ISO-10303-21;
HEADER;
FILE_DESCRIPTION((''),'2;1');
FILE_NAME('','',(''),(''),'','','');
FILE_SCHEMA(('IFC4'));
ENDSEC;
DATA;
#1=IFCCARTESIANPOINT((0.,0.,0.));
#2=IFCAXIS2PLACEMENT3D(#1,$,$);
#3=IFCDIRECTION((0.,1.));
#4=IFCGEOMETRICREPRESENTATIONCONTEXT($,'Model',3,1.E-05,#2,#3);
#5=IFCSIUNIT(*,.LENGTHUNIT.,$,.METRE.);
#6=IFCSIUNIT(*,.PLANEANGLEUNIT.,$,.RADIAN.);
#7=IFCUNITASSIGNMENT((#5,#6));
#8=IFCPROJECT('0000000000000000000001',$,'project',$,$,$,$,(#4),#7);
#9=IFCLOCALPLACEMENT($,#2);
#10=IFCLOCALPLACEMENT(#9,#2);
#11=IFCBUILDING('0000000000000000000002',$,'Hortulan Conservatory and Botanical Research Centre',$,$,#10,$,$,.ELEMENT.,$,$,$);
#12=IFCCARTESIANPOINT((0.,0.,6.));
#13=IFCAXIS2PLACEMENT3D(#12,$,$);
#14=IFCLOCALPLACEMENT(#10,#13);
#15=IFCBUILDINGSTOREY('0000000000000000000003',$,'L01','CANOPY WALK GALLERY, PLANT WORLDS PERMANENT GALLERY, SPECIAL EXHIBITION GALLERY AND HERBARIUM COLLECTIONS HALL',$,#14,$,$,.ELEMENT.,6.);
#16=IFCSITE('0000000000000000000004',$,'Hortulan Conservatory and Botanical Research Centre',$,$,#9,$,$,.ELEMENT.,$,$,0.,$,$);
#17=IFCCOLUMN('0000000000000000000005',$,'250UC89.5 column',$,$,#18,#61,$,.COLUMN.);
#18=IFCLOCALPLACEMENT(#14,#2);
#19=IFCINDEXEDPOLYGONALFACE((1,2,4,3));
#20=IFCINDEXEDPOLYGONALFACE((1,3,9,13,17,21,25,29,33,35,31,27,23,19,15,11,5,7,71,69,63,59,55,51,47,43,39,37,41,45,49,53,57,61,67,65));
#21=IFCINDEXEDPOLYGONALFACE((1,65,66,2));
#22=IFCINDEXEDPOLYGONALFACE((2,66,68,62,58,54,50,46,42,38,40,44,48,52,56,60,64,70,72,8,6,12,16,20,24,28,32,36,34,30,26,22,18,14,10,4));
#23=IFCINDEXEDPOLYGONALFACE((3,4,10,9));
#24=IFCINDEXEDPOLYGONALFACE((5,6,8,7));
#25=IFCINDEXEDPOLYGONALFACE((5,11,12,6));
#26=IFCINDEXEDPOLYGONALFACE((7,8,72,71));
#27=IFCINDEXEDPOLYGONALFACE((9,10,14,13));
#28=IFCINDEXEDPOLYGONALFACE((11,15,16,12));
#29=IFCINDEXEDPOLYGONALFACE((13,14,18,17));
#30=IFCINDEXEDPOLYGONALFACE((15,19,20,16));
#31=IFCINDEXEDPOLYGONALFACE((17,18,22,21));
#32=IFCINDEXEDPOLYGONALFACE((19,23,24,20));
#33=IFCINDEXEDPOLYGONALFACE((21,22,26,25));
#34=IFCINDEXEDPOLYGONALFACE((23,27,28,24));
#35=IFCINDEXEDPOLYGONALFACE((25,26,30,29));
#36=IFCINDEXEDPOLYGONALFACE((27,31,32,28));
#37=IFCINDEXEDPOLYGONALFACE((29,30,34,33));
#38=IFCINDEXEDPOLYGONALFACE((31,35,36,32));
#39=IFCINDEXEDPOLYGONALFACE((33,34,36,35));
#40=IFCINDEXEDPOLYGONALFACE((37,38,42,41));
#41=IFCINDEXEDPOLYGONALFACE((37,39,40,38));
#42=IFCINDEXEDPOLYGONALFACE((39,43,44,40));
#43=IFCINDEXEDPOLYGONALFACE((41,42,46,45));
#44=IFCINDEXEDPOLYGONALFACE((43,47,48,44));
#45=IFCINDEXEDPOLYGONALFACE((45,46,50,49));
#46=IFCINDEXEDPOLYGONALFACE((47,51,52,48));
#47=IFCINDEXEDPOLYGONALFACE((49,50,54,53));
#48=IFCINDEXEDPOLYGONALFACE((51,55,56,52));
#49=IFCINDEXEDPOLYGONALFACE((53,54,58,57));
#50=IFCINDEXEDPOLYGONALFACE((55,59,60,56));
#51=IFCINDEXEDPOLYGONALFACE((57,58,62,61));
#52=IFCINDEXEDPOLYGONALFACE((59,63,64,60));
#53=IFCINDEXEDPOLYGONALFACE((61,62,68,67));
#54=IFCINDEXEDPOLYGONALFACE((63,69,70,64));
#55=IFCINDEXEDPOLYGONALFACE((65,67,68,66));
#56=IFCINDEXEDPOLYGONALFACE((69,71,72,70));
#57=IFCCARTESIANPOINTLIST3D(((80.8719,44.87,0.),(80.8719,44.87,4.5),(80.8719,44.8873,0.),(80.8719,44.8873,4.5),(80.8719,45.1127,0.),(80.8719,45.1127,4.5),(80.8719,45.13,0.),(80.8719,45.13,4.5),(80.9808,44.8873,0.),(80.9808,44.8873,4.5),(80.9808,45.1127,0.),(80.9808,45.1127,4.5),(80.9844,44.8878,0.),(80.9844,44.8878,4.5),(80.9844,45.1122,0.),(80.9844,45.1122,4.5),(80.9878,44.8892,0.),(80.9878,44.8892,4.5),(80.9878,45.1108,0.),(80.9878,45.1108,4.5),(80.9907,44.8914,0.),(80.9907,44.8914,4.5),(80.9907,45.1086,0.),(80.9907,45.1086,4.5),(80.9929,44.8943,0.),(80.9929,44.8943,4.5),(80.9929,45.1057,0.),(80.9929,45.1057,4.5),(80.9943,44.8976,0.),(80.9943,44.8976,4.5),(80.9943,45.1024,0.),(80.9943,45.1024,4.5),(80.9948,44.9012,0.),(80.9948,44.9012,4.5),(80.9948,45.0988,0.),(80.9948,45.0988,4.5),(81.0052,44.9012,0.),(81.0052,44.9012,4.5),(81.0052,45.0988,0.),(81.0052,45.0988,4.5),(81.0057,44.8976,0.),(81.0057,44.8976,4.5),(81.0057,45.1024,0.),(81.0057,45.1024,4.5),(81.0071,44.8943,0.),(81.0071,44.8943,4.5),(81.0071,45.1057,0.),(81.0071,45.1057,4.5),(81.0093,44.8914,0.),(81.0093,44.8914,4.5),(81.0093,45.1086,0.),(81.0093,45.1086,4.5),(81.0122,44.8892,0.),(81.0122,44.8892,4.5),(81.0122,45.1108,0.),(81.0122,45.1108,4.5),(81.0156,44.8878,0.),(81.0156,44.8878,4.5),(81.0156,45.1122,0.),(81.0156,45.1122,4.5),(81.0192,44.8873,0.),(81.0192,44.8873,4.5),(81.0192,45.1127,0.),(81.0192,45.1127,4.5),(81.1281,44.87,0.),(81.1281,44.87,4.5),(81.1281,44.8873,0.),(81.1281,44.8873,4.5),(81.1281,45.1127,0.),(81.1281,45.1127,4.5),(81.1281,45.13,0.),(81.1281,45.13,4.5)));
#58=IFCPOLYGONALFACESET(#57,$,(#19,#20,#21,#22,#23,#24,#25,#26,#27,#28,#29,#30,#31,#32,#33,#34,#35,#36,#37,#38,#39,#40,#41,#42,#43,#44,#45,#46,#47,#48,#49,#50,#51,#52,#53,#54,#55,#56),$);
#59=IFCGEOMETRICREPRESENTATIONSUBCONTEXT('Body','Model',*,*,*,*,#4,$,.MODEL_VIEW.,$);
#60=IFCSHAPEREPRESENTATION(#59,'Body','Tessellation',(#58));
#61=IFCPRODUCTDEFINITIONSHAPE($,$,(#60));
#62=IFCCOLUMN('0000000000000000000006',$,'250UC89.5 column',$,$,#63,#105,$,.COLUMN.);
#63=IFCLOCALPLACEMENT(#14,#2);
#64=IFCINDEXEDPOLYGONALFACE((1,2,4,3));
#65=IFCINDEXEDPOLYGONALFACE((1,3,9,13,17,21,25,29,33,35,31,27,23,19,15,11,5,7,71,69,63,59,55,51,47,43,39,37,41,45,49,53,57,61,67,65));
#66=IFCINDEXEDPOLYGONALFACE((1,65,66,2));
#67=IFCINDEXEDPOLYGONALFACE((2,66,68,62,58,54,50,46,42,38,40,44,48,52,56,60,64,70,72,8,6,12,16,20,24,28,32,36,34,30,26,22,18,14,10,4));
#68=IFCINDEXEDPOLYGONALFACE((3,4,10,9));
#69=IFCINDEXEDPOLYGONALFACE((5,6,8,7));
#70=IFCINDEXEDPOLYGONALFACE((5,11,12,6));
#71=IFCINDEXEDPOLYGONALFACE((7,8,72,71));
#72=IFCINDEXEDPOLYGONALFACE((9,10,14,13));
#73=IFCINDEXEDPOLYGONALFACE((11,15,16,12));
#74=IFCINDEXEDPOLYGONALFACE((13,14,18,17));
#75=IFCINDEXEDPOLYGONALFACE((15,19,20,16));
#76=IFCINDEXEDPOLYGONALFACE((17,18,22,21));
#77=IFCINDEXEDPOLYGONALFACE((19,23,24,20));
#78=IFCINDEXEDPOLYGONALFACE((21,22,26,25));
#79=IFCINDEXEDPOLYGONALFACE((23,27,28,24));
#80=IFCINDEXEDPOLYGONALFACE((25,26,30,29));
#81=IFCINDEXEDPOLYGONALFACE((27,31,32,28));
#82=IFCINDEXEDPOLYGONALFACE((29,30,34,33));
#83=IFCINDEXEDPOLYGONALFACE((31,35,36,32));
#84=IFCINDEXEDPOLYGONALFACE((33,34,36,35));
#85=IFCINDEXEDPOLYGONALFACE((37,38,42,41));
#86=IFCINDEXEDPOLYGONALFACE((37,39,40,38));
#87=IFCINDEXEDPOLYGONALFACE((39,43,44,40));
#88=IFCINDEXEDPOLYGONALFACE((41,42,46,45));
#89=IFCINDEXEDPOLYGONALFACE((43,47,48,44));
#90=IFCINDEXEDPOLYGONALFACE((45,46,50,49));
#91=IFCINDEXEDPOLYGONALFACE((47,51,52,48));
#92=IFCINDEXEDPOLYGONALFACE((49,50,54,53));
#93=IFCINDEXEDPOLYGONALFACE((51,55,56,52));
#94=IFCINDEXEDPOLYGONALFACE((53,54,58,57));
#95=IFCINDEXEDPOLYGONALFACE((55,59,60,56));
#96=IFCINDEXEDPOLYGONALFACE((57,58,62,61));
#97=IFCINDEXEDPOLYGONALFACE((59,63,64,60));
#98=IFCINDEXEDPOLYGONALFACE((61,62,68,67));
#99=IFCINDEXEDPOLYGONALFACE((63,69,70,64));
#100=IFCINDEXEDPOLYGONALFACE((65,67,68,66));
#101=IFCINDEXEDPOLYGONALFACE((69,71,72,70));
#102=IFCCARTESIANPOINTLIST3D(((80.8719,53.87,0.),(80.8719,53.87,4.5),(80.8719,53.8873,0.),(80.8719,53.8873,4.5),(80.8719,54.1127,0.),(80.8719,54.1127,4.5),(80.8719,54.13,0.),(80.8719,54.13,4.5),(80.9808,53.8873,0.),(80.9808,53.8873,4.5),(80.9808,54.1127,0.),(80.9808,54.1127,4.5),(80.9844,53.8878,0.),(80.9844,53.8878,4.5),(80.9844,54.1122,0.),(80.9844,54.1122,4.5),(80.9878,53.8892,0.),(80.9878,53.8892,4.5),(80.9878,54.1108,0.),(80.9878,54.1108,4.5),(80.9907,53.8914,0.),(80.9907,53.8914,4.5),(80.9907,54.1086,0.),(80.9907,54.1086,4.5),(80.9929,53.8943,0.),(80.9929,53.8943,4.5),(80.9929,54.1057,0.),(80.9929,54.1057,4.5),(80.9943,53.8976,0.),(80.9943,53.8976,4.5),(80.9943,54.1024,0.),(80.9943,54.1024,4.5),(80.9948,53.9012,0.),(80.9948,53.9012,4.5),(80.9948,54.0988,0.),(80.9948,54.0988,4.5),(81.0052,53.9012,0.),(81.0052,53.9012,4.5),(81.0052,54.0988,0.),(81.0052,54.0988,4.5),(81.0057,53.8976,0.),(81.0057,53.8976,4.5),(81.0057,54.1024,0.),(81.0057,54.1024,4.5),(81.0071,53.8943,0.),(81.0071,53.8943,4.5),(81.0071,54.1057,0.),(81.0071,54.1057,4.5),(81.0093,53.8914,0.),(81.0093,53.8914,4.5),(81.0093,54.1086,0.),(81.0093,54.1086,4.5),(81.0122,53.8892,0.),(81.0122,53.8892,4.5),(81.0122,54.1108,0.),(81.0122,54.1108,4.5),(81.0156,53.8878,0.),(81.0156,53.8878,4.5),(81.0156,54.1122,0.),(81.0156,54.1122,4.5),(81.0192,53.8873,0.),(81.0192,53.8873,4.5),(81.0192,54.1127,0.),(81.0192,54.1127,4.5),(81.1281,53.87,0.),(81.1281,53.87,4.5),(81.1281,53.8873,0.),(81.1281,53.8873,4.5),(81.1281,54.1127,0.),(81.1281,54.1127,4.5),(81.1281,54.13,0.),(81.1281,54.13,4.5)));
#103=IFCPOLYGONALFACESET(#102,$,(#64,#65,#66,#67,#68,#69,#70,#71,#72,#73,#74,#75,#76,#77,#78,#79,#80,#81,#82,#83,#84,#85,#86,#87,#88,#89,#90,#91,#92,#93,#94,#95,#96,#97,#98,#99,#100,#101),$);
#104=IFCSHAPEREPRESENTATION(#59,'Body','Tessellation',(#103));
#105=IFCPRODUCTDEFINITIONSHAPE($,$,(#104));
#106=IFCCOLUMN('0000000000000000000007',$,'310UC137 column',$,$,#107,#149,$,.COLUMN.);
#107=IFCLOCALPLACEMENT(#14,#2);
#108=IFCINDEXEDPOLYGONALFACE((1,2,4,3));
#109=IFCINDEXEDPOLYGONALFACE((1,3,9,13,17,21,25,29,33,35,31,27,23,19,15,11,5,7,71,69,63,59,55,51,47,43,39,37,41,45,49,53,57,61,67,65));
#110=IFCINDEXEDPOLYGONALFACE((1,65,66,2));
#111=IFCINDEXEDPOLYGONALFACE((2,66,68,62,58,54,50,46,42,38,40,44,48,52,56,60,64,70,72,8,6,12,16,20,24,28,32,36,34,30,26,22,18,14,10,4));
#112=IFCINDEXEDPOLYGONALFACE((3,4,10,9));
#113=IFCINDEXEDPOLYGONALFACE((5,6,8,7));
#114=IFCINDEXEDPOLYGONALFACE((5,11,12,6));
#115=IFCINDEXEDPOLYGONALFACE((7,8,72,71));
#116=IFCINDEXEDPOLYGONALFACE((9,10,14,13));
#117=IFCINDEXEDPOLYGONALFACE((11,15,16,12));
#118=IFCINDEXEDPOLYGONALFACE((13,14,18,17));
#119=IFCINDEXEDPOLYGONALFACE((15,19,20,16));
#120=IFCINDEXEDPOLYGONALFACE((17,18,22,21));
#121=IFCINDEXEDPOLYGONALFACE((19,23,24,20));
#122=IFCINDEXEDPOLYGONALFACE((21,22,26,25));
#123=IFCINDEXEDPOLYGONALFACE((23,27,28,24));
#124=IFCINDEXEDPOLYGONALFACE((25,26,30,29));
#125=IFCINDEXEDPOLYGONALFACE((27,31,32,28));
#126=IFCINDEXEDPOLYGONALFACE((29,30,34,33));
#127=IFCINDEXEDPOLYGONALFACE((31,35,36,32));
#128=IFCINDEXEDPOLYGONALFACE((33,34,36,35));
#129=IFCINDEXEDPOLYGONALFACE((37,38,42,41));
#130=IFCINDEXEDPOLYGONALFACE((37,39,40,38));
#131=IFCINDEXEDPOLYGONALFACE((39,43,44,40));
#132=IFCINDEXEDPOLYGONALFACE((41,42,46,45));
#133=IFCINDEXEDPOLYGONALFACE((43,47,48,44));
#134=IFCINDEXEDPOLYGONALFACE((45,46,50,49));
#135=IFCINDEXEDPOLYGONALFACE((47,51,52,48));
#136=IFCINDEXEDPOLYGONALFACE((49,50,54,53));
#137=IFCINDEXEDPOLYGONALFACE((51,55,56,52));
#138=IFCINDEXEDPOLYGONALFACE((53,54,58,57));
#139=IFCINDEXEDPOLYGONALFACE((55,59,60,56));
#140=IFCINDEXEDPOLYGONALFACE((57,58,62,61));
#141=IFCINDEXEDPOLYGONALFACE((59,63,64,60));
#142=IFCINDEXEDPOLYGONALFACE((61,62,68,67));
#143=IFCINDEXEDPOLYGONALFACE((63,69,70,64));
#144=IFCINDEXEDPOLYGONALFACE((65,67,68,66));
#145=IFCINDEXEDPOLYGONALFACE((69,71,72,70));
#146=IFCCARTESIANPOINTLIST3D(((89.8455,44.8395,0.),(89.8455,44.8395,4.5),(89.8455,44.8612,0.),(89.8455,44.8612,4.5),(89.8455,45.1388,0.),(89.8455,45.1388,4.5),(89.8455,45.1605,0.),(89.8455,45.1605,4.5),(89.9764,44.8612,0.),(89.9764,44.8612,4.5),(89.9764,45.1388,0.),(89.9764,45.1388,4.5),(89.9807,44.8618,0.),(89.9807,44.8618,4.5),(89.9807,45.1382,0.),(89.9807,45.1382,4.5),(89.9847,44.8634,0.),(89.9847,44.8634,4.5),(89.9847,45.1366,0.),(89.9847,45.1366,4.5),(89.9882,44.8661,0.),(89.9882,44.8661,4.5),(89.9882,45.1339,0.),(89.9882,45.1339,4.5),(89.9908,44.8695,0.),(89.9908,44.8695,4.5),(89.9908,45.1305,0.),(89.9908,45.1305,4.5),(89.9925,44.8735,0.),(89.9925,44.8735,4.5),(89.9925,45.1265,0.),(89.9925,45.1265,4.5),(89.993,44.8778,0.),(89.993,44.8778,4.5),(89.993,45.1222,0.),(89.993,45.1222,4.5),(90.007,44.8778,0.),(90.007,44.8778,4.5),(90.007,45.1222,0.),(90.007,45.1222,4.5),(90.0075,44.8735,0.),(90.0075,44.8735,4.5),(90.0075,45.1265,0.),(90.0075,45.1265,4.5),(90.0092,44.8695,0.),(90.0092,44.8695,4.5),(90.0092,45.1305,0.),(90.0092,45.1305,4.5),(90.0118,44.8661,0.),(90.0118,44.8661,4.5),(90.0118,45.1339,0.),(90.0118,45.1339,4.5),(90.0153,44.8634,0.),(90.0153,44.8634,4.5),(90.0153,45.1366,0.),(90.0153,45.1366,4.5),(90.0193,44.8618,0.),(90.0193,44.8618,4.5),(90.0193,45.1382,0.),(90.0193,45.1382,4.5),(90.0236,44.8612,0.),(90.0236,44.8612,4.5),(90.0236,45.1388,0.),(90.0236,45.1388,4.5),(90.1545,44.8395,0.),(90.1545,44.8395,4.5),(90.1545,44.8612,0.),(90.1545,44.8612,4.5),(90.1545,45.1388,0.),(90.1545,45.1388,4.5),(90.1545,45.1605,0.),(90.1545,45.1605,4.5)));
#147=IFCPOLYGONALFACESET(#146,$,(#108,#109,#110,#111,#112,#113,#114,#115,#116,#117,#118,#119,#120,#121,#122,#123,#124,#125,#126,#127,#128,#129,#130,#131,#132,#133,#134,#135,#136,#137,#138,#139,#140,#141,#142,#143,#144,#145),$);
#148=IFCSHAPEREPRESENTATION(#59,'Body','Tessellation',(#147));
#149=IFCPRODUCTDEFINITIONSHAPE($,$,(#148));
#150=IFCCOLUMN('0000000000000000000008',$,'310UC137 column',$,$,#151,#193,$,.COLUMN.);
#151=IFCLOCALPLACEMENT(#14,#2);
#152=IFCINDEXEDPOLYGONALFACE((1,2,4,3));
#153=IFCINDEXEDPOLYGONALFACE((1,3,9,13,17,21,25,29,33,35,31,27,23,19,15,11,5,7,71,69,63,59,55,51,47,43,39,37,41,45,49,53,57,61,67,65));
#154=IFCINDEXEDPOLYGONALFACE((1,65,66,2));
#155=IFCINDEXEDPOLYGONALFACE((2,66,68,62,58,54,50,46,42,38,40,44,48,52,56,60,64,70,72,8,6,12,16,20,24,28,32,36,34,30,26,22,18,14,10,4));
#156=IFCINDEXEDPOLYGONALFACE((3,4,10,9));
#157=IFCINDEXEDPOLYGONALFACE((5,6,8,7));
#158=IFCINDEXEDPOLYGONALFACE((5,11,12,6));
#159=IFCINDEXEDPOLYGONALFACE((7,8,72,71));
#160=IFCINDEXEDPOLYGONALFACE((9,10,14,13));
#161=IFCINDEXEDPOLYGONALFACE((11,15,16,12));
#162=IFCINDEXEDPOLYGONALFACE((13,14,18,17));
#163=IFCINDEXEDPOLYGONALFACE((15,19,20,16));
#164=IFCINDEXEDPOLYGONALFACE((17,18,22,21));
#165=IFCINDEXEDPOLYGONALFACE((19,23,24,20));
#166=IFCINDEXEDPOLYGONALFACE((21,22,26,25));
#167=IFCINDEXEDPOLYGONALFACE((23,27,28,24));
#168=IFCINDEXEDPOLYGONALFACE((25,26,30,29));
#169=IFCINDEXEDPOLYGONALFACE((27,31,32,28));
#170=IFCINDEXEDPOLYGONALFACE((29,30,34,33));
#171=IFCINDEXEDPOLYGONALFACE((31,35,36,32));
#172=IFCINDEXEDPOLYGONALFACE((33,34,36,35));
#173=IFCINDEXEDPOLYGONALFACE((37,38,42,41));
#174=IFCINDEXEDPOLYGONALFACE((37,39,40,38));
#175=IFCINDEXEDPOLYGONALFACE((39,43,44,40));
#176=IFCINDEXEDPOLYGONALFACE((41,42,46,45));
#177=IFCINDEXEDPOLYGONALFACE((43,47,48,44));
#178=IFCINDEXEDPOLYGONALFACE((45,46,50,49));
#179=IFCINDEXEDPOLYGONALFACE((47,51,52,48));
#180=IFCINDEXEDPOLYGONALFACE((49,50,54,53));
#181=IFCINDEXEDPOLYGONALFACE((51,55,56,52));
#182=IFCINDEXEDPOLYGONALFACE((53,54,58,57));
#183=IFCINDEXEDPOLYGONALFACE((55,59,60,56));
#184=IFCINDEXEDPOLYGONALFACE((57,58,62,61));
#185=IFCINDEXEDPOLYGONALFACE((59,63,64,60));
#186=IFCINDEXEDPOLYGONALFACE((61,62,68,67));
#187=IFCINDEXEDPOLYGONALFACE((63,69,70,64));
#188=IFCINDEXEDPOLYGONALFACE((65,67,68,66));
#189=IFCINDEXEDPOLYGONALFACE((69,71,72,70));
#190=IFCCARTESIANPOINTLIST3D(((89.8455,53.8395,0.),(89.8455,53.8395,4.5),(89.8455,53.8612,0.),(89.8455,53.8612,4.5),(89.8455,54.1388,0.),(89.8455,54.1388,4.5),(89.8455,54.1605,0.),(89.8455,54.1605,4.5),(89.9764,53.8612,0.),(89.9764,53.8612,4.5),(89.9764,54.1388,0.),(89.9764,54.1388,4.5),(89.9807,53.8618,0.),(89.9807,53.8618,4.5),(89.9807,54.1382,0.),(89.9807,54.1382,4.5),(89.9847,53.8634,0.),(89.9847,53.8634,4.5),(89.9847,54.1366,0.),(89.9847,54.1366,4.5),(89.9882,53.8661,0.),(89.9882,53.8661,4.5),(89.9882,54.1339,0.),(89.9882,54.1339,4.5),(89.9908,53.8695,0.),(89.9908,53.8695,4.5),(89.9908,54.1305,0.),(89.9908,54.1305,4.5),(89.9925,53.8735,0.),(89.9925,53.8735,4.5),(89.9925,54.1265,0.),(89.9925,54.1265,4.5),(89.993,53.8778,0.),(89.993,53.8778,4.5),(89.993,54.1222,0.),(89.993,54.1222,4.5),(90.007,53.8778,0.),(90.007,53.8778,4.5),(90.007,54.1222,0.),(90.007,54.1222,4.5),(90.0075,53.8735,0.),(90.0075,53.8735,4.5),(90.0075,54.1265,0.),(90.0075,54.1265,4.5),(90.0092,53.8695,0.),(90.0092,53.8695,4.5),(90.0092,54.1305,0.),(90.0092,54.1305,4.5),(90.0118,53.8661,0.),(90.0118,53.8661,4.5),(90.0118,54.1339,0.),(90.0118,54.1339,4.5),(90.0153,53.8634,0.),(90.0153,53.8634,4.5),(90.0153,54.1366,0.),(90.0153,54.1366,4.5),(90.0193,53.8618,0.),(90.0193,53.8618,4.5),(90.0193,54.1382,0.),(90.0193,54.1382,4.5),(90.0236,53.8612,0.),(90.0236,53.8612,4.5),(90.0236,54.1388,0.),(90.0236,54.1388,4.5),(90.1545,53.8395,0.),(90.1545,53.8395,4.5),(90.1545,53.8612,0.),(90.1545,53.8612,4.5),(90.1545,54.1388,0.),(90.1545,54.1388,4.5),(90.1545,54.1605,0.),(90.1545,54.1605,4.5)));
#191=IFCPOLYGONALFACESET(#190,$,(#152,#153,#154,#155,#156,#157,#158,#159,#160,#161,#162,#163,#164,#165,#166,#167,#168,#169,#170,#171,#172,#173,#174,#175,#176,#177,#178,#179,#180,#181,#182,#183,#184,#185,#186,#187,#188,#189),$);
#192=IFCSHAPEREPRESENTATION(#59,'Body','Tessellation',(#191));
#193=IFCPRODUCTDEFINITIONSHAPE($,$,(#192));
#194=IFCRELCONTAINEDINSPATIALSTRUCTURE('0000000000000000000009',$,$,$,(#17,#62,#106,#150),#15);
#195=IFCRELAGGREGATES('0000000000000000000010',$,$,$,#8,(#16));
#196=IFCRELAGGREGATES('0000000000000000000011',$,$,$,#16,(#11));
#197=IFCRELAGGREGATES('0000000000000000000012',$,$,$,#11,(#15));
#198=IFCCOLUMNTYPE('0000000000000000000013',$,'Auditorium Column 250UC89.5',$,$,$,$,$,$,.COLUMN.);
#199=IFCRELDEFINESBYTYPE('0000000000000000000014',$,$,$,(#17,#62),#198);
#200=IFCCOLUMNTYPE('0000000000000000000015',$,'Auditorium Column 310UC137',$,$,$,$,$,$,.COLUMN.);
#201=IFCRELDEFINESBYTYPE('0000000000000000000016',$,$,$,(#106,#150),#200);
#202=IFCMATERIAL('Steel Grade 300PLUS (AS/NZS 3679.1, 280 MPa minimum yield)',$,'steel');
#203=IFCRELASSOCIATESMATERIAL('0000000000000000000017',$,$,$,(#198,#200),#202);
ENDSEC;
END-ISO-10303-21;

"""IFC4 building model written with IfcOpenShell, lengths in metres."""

from ifc_helpers import new_model, si_unit, direction, frame, origin, origin_2d, place, context, subcontext, project, spatial, i_section, extrude, material, material_profile, profile_set, type_object, element, save


model = new_model("IFC4")

# Units and contexts
model_context = context("Model", 3, precision=1e-05, world=origin(), true_north=direction((0.0, 1.0)))
body_context = subcontext(model_context, "Body", "Model", "MODEL_VIEW")
ifc_project = project(units=[si_unit("LENGTHUNIT", "METRE"), si_unit("PLANEANGLEUNIT", "RADIAN")], contexts=[model_context])

# Site, building, storey
site_placement = place(None, origin())
site = spatial("IfcSite", under=ifc_project, at=site_placement, Name="Hortulan Conservatory and Botanical Research Centre", CompositionType="ELEMENT", RefElevation=0.0)
building_placement = place(site_placement, origin())
building = spatial("IfcBuilding", under=site, at=building_placement, Name="Hortulan Conservatory and Botanical Research Centre", CompositionType="ELEMENT")
storey_placement = place(building_placement, frame((0.0, 0.0, 6.0)))
storey = spatial("IfcBuildingStorey", under=building, at=storey_placement, Name="L01", Description="CANOPY WALK GALLERY, PLANT WORLDS PERMANENT GALLERY, SPECIAL EXHIBITION GALLERY AND HERBARIUM COLLECTIONS HALL", CompositionType="ELEMENT", Elevation=6.0)

# Columns
ifc_material_1 = material(Name="Steel Grade 300PLUS (AS/NZS 3679.1, 280 MPa minimum yield)", Category="steel")
ifc_material_profile_1 = material_profile(ifc_material_1, i_section(OverallWidth=0.2561, OverallDepth=0.26, WebThickness=0.0105, FlangeThickness=0.0173, FilletRadius=0.0139, at=origin_2d()), Name="250UC89.5")
ifc_profile_set_1 = profile_set([ifc_material_profile_1], Name="Steel Grade 300PLUS (AS/NZS 3679.1, 280 MPa minimum yield)")
column_type_1 = type_object("IfcColumnType", Name="Auditorium Column 250UC89.5", PredefinedType="COLUMN", material=ifc_profile_set_1)
for number, where, z_axis, x_axis, name in (
    (1, (81.0, 45.0, 0.0), (0.0, 0.0, 1.0), (1.0, 0.0, 0.0), "250UC89.5 column"),
    (2, (81.0, 54.0, 0.0), (0.0, 0.0, 1.0), (1.0, 0.0, 0.0), "250UC89.5 column"),
):
    element("IfcColumn", number, at=place(storey_placement, frame(where, z_axis=z_axis, x_axis=x_axis)), inside=storey, type_object=column_type_1, Name=name, PredefinedType="COLUMN", context=body_context, shape_type="SweptSolid", body=[
        extrude(i_section(OverallWidth=0.2561, OverallDepth=0.26, WebThickness=0.0105, FlangeThickness=0.0173, FilletRadius=0.0139, at=origin_2d()), origin(), (0.0, 0.0, 1.0), 4.5),
    ])
ifc_material_profile_2 = material_profile(ifc_material_1, i_section(OverallWidth=0.3091, OverallDepth=0.321, WebThickness=0.0139, FlangeThickness=0.0217, FilletRadius=0.0166, at=origin_2d()), Name="310UC137")
ifc_profile_set_2 = profile_set([ifc_material_profile_2], Name="Steel Grade 300PLUS (AS/NZS 3679.1, 280 MPa minimum yield)")
column_type_2 = type_object("IfcColumnType", Name="Auditorium Column 310UC137", PredefinedType="COLUMN", material=ifc_profile_set_2)
for number, where, z_axis, x_axis, name in (
    (3, (90.0, 45.0, 0.0), (0.0, 0.0, 1.0), (1.0, 0.0, 0.0), "310UC137 column"),
    (4, (90.0, 54.0, 0.0), (0.0, 0.0, 1.0), (1.0, 0.0, 0.0), "310UC137 column"),
):
    element("IfcColumn", number, at=place(storey_placement, frame(where, z_axis=z_axis, x_axis=x_axis)), inside=storey, type_object=column_type_2, Name=name, PredefinedType="COLUMN", context=body_context, shape_type="SweptSolid", body=[
        extrude(i_section(OverallWidth=0.3091, OverallDepth=0.321, WebThickness=0.0139, FlangeThickness=0.0217, FilletRadius=0.0166, at=origin_2d()), origin(), (0.0, 0.0, 1.0), 4.5),
    ])

save(model, "model.ifc")
